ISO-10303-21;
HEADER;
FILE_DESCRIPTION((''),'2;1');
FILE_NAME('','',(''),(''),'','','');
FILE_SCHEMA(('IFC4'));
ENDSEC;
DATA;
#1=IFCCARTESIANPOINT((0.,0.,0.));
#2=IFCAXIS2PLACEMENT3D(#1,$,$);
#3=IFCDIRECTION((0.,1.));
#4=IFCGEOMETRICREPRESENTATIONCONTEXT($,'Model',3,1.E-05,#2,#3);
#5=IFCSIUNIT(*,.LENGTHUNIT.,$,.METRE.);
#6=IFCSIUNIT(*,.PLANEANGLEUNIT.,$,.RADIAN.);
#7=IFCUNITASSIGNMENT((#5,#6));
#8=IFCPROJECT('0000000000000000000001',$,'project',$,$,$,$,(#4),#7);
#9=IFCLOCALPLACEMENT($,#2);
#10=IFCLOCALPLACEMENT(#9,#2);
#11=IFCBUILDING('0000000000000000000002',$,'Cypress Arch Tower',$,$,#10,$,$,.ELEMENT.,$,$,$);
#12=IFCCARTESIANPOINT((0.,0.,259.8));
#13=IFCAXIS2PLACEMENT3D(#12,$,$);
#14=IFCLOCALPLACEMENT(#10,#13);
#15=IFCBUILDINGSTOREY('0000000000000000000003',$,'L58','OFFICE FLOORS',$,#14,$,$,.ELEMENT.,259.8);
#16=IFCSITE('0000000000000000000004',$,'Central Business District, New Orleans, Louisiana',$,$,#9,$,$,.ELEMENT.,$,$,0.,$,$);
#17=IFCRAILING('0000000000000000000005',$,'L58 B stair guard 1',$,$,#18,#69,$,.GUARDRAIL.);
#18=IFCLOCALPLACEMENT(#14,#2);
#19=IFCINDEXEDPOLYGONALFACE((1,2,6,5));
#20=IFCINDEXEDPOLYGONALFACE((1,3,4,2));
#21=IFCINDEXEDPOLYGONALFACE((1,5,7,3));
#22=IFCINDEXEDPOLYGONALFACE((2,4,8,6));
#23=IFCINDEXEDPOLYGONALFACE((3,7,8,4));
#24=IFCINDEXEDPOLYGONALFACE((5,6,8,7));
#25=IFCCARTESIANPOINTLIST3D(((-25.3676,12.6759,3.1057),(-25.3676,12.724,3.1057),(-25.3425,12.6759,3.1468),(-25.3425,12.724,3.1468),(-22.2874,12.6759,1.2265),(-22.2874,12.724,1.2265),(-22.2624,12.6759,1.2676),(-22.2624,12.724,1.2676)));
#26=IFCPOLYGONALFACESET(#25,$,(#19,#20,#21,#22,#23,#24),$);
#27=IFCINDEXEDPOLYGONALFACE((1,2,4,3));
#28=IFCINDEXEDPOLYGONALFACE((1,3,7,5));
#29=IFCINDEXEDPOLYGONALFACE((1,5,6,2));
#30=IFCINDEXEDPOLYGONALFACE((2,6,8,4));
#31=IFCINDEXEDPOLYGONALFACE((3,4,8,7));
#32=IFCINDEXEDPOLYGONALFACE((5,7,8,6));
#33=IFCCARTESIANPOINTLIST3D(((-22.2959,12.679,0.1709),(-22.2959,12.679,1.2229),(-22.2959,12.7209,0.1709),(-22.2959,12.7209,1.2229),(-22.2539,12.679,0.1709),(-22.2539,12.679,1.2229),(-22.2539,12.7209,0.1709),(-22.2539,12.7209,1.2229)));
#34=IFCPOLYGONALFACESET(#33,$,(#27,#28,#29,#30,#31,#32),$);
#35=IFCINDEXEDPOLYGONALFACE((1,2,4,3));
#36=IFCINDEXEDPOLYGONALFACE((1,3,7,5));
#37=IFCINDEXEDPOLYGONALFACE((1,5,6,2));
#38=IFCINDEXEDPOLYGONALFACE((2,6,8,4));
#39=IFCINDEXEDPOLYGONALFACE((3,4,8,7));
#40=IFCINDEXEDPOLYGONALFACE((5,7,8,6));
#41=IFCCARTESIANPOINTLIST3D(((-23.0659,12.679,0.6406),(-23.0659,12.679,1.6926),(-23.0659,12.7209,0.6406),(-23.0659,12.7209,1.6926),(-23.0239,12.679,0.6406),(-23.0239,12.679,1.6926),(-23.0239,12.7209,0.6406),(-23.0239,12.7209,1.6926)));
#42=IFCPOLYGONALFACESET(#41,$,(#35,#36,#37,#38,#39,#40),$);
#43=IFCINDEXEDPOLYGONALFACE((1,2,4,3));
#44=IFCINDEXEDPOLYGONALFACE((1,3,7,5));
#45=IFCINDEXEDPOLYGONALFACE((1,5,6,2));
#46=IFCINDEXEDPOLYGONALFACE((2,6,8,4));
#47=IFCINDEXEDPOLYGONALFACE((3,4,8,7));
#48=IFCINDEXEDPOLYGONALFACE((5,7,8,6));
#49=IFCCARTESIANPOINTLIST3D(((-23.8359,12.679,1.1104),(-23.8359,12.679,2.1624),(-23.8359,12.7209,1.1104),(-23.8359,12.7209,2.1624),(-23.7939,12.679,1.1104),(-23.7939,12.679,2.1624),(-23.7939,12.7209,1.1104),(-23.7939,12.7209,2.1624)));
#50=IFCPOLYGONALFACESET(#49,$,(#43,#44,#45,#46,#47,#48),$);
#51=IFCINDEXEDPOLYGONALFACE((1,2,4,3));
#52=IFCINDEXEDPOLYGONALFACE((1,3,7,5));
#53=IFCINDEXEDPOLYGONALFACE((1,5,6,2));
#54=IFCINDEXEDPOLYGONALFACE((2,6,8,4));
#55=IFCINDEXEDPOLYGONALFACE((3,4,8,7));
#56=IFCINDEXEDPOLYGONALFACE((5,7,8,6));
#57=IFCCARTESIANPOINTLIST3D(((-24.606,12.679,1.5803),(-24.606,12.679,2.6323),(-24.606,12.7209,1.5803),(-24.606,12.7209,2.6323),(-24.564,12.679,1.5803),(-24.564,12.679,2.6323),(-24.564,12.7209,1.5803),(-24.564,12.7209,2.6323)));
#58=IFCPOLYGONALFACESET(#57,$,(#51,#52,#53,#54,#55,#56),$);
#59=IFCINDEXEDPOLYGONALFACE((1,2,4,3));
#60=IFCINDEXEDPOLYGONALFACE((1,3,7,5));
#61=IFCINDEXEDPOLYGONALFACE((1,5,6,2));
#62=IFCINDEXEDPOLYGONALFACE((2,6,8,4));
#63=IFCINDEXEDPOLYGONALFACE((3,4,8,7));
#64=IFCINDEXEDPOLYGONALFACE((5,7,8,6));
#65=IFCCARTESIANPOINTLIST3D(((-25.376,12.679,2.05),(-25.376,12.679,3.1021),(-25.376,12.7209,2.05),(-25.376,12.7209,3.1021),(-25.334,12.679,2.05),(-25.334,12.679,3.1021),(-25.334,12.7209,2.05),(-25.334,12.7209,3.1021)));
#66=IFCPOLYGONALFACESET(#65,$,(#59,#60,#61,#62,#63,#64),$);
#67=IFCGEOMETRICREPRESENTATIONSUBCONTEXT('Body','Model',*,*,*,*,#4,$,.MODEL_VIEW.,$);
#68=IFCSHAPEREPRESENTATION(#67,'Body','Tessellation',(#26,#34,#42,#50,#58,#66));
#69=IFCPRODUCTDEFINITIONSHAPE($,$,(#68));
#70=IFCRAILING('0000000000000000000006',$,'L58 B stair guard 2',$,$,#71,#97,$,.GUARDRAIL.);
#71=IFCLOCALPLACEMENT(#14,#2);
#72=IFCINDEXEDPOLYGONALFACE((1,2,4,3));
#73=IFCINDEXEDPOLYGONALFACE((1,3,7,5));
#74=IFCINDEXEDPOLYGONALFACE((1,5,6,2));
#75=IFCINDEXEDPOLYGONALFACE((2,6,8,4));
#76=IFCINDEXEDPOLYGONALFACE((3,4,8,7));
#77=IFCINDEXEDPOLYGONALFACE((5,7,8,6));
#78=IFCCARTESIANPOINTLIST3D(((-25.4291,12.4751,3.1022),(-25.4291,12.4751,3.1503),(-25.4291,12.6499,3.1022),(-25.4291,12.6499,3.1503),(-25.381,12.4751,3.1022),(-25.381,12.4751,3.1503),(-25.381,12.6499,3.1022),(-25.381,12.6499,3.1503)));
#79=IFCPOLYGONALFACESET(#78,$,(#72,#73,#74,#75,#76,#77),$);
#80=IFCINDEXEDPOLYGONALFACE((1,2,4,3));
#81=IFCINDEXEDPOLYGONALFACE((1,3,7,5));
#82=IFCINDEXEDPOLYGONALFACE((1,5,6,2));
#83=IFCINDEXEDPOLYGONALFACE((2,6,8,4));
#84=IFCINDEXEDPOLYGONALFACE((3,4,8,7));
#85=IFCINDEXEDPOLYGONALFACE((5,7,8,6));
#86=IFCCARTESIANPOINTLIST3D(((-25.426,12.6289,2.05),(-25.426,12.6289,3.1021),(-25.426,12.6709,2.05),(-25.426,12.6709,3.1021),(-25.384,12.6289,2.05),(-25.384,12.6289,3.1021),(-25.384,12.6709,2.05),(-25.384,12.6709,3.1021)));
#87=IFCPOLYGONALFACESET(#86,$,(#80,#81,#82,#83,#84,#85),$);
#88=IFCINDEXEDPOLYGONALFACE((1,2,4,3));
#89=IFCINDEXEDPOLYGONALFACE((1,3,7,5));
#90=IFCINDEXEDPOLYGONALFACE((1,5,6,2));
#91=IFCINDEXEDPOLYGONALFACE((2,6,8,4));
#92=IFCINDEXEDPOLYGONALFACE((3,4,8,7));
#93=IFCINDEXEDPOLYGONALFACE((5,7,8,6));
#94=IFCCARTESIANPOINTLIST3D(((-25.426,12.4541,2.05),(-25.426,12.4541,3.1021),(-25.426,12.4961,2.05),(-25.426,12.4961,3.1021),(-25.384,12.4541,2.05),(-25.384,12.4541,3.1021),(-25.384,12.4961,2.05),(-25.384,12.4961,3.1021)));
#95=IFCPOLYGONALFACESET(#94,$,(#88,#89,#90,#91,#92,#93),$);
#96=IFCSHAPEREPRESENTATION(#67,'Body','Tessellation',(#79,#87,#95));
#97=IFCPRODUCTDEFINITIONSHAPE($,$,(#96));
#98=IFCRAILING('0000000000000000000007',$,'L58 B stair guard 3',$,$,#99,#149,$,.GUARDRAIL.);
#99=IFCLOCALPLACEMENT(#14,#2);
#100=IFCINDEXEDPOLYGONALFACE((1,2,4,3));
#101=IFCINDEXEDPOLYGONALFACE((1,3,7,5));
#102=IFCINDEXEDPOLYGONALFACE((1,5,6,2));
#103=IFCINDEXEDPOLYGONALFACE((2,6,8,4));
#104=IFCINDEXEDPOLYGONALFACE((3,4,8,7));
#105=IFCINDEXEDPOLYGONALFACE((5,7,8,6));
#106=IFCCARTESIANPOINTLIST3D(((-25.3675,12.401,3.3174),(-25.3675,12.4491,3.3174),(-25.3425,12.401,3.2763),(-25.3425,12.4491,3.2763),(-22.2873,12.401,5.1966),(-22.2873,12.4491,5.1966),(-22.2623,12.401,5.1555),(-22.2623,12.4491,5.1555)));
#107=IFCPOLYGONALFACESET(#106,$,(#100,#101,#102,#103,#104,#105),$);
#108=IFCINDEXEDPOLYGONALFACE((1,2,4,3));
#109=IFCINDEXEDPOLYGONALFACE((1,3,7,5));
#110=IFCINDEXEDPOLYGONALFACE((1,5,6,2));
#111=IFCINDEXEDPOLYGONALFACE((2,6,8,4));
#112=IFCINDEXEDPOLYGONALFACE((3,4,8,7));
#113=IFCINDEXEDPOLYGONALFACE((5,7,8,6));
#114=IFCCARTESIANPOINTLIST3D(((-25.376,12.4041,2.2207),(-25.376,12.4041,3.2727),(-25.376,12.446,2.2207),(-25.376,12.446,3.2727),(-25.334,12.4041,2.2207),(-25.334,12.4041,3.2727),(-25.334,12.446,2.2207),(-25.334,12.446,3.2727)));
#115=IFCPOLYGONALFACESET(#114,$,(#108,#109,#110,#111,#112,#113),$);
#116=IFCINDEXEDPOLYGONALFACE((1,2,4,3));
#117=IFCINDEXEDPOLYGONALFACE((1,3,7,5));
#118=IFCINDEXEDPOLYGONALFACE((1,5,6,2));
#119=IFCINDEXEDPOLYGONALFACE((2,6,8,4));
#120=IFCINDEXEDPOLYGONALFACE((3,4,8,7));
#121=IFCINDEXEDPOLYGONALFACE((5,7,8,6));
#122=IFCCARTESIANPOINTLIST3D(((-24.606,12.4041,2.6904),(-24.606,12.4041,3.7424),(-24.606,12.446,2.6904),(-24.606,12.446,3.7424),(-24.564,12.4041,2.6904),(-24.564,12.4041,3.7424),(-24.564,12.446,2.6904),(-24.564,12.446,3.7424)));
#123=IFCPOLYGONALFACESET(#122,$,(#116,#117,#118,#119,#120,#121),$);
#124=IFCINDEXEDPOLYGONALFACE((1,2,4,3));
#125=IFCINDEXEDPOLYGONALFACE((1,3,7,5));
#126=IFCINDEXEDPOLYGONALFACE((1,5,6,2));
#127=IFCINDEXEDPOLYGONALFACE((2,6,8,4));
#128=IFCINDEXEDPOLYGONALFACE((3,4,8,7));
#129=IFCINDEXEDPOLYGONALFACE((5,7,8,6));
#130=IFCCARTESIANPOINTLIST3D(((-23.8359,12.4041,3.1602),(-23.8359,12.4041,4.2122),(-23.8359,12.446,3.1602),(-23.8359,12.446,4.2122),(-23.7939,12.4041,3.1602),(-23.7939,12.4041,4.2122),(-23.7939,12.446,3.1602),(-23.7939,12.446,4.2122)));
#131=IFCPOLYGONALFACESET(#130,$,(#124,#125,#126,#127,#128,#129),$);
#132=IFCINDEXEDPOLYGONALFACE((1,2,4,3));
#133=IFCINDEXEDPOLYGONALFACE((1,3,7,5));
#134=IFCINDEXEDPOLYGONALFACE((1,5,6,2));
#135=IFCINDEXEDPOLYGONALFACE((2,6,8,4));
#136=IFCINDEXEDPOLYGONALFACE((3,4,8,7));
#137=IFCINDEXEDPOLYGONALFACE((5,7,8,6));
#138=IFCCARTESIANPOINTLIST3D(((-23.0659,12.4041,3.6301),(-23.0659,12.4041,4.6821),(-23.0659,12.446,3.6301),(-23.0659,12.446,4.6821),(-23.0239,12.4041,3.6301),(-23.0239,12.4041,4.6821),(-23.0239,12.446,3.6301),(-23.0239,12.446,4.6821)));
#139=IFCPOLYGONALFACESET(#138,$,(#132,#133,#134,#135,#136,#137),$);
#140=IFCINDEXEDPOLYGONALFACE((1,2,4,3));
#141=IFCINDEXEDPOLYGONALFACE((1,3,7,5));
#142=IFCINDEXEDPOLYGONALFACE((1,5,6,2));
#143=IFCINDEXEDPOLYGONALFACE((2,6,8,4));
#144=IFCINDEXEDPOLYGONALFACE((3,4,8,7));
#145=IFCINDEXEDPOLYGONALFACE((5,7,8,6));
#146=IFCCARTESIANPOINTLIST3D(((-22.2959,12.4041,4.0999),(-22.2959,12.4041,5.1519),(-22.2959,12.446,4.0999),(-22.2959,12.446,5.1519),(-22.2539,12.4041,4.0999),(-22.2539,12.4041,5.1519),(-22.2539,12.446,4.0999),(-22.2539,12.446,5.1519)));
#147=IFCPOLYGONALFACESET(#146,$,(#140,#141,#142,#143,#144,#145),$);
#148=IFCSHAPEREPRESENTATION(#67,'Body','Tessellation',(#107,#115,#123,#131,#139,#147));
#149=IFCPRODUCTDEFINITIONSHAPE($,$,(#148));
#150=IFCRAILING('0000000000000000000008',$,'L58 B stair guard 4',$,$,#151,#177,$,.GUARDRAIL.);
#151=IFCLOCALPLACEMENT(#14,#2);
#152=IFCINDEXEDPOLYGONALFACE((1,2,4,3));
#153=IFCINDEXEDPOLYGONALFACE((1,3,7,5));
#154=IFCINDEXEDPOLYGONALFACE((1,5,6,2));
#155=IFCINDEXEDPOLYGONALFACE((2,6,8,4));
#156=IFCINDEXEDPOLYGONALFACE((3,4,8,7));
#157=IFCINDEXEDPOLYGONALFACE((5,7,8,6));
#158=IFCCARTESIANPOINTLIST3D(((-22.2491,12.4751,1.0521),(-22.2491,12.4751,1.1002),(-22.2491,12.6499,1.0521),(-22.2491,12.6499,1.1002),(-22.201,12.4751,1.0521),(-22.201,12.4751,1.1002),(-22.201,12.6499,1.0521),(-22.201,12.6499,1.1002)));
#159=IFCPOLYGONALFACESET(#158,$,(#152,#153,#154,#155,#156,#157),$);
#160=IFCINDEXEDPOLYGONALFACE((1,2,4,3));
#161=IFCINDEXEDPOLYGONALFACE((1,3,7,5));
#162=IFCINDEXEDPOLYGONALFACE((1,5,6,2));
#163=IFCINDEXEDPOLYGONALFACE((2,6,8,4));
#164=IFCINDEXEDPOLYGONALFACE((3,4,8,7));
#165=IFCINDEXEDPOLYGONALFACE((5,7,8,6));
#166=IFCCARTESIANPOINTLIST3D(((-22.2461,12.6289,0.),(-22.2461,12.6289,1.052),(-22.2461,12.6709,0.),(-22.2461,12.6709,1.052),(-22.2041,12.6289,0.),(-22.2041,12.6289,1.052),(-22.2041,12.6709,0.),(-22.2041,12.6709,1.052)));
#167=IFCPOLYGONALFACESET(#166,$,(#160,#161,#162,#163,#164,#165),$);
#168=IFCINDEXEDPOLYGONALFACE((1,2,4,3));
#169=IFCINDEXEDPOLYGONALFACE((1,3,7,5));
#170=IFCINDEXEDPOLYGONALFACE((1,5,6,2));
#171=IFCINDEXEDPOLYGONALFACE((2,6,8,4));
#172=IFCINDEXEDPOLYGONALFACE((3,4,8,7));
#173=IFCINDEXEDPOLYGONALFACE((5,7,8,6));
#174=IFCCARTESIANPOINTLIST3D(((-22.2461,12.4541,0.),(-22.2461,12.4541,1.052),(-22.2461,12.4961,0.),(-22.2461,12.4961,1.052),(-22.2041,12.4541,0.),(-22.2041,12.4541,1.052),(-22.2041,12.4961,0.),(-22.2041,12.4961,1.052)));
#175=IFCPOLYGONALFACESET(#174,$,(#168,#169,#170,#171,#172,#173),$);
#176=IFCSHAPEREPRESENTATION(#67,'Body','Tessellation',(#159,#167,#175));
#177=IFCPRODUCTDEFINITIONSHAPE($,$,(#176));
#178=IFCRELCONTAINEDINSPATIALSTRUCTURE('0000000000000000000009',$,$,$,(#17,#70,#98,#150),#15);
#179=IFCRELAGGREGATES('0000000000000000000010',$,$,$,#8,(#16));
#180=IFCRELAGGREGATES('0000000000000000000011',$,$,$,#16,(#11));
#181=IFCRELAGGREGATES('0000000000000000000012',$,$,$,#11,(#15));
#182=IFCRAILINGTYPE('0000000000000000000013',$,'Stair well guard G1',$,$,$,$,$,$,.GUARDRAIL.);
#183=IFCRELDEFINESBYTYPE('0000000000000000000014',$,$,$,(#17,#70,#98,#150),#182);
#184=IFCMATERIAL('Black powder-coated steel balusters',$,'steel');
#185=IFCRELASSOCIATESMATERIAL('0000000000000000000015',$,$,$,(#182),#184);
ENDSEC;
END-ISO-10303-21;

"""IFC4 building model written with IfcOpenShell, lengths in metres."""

from ifc_helpers import new_model, si_unit, direction, frame, origin, origin_2d, place, context, subcontext, project, spatial, rectangle, extrude, material, type_object, element, save


model = new_model("IFC4")

# Units and contexts
model_context = context("Model", 3, precision=1e-05, world=origin(), true_north=direction((0.0, 1.0)))
body_context = subcontext(model_context, "Body", "Model", "MODEL_VIEW")
ifc_project = project(units=[si_unit("LENGTHUNIT", "METRE"), si_unit("PLANEANGLEUNIT", "RADIAN")], contexts=[model_context])

# Site, building, storey
site_placement = place(None, origin())
site = spatial("IfcSite", under=ifc_project, at=site_placement, Name="Central Business District, New Orleans, Louisiana", CompositionType="ELEMENT", RefElevation=0.0)
building_placement = place(site_placement, origin())
building = spatial("IfcBuilding", under=site, at=building_placement, Name="Cypress Arch Tower", CompositionType="ELEMENT")
storey_placement = place(building_placement, frame((0.0, 0.0, 259.8)))
storey = spatial("IfcBuildingStorey", under=building, at=storey_placement, Name="L58", Description="OFFICE FLOORS", CompositionType="ELEMENT", Elevation=259.8)

# Railings
ifc_material_1 = material(Name="Black powder-coated steel balusters", Category="steel")
railing_type_1 = type_object("IfcRailingType", Name="Stair well guard G1", PredefinedType="GUARDRAIL", material=ifc_material_1)
railing_1_placement = place(storey_placement, frame((-22.2749, 12.7, 0.1709)))
element("IfcRailing", 1, at=railing_1_placement, inside=storey, type_object=railing_type_1, Name="L58 B stair guard 1", PredefinedType="GUARDRAIL", context=body_context, shape_type="SweptSolid", body=[
    extrude(rectangle(XDim=0.0481, YDim=0.0481, at=origin_2d()), frame((0.0, 0.0, 1.0762), z_axis=(-0.853666, 0.0, 0.52082), x_axis=(0.0, -1.0, 0.0)), (0.0, 0.0, 1.0), 3.6082),
    extrude(rectangle(XDim=0.042, YDim=0.042, at=origin_2d()), origin(), (0.0, 0.0, 1.0), 1.052),
    extrude(rectangle(XDim=0.042, YDim=0.042, at=origin_2d()), frame((-0.77, 0.0, 0.4697)), (0.0, 0.0, 1.0), 1.052),
    extrude(rectangle(XDim=0.042, YDim=0.042, at=origin_2d()), frame((-1.54, 0.0, 0.9395)), (0.0, 0.0, 1.0), 1.052),
    extrude(rectangle(XDim=0.042, YDim=0.042, at=origin_2d()), frame((-2.3101, 0.0, 1.4094)), (0.0, 0.0, 1.0), 1.052),
    extrude(rectangle(XDim=0.042, YDim=0.042, at=origin_2d()), frame((-3.0801, 0.0, 1.8792)), (0.0, 0.0, 1.0), 1.052),
])
railing_2_placement = place(storey_placement, frame((-25.405, 12.6499, 2.05)))
element("IfcRailing", 2, at=railing_2_placement, inside=storey, type_object=railing_type_1, Name="L58 B stair guard 2", PredefinedType="GUARDRAIL", context=body_context, shape_type="SweptSolid", body=[
    extrude(rectangle(XDim=0.0481, YDim=0.0481, at=origin_2d()), frame((0.0, 0.0, 1.0762), z_axis=(0.0, -1.0, 0.0), x_axis=(1.0, 0.0, 0.0)), (0.0, 0.0, 1.0), 0.1748),
    extrude(rectangle(XDim=0.042, YDim=0.042, at=origin_2d()), origin(), (0.0, 0.0, 1.0), 1.052),
    extrude(rectangle(XDim=0.042, YDim=0.042, at=origin_2d()), frame((0.0, -0.1748, 0.0)), (0.0, 0.0, 1.0), 1.052),
])
railing_3_placement = place(storey_placement, frame((-25.355, 12.425, 2.2207)))
element("IfcRailing", 3, at=railing_3_placement, inside=storey, type_object=railing_type_1, Name="L58 B stair guard 3", PredefinedType="GUARDRAIL", context=body_context, shape_type="SweptSolid", body=[
    extrude(rectangle(XDim=0.0481, YDim=0.0481, at=origin_2d()), frame((0.0, 0.0, 1.0762), z_axis=(0.853666, 0.0, 0.52082), x_axis=(0.0, 1.0, 0.0)), (0.0, 0.0, 1.0), 3.6082),
    extrude(rectangle(XDim=0.042, YDim=0.042, at=origin_2d()), origin(), (0.0, 0.0, 1.0), 1.052),
    extrude(rectangle(XDim=0.042, YDim=0.042, at=origin_2d()), frame((0.77, 0.0, 0.4697)), (0.0, 0.0, 1.0), 1.052),
    extrude(rectangle(XDim=0.042, YDim=0.042, at=origin_2d()), frame((1.54, 0.0, 0.9395)), (0.0, 0.0, 1.0), 1.052),
    extrude(rectangle(XDim=0.042, YDim=0.042, at=origin_2d()), frame((2.3101, 0.0, 1.4094)), (0.0, 0.0, 1.0), 1.052),
    extrude(rectangle(XDim=0.042, YDim=0.042, at=origin_2d()), frame((3.0801, 0.0, 1.8792)), (0.0, 0.0, 1.0), 1.052),
])
railing_4_placement = place(storey_placement, frame((-22.2251, 12.6499, 0.0)))
element("IfcRailing", 4, at=railing_4_placement, inside=storey, type_object=railing_type_1, Name="L58 B stair guard 4", PredefinedType="GUARDRAIL", context=body_context, shape_type="SweptSolid", body=[
    extrude(rectangle(XDim=0.0481, YDim=0.0481, at=origin_2d()), frame((0.0, 0.0, 1.0762), z_axis=(0.0, -1.0, 0.0), x_axis=(1.0, 0.0, 0.0)), (0.0, 0.0, 1.0), 0.1748),
    extrude(rectangle(XDim=0.042, YDim=0.042, at=origin_2d()), origin(), (0.0, 0.0, 1.0), 1.052),
    extrude(rectangle(XDim=0.042, YDim=0.042, at=origin_2d()), frame((0.0, -0.1748, 0.0)), (0.0, 0.0, 1.0), 1.052),
])

save(model, "model.ifc")
